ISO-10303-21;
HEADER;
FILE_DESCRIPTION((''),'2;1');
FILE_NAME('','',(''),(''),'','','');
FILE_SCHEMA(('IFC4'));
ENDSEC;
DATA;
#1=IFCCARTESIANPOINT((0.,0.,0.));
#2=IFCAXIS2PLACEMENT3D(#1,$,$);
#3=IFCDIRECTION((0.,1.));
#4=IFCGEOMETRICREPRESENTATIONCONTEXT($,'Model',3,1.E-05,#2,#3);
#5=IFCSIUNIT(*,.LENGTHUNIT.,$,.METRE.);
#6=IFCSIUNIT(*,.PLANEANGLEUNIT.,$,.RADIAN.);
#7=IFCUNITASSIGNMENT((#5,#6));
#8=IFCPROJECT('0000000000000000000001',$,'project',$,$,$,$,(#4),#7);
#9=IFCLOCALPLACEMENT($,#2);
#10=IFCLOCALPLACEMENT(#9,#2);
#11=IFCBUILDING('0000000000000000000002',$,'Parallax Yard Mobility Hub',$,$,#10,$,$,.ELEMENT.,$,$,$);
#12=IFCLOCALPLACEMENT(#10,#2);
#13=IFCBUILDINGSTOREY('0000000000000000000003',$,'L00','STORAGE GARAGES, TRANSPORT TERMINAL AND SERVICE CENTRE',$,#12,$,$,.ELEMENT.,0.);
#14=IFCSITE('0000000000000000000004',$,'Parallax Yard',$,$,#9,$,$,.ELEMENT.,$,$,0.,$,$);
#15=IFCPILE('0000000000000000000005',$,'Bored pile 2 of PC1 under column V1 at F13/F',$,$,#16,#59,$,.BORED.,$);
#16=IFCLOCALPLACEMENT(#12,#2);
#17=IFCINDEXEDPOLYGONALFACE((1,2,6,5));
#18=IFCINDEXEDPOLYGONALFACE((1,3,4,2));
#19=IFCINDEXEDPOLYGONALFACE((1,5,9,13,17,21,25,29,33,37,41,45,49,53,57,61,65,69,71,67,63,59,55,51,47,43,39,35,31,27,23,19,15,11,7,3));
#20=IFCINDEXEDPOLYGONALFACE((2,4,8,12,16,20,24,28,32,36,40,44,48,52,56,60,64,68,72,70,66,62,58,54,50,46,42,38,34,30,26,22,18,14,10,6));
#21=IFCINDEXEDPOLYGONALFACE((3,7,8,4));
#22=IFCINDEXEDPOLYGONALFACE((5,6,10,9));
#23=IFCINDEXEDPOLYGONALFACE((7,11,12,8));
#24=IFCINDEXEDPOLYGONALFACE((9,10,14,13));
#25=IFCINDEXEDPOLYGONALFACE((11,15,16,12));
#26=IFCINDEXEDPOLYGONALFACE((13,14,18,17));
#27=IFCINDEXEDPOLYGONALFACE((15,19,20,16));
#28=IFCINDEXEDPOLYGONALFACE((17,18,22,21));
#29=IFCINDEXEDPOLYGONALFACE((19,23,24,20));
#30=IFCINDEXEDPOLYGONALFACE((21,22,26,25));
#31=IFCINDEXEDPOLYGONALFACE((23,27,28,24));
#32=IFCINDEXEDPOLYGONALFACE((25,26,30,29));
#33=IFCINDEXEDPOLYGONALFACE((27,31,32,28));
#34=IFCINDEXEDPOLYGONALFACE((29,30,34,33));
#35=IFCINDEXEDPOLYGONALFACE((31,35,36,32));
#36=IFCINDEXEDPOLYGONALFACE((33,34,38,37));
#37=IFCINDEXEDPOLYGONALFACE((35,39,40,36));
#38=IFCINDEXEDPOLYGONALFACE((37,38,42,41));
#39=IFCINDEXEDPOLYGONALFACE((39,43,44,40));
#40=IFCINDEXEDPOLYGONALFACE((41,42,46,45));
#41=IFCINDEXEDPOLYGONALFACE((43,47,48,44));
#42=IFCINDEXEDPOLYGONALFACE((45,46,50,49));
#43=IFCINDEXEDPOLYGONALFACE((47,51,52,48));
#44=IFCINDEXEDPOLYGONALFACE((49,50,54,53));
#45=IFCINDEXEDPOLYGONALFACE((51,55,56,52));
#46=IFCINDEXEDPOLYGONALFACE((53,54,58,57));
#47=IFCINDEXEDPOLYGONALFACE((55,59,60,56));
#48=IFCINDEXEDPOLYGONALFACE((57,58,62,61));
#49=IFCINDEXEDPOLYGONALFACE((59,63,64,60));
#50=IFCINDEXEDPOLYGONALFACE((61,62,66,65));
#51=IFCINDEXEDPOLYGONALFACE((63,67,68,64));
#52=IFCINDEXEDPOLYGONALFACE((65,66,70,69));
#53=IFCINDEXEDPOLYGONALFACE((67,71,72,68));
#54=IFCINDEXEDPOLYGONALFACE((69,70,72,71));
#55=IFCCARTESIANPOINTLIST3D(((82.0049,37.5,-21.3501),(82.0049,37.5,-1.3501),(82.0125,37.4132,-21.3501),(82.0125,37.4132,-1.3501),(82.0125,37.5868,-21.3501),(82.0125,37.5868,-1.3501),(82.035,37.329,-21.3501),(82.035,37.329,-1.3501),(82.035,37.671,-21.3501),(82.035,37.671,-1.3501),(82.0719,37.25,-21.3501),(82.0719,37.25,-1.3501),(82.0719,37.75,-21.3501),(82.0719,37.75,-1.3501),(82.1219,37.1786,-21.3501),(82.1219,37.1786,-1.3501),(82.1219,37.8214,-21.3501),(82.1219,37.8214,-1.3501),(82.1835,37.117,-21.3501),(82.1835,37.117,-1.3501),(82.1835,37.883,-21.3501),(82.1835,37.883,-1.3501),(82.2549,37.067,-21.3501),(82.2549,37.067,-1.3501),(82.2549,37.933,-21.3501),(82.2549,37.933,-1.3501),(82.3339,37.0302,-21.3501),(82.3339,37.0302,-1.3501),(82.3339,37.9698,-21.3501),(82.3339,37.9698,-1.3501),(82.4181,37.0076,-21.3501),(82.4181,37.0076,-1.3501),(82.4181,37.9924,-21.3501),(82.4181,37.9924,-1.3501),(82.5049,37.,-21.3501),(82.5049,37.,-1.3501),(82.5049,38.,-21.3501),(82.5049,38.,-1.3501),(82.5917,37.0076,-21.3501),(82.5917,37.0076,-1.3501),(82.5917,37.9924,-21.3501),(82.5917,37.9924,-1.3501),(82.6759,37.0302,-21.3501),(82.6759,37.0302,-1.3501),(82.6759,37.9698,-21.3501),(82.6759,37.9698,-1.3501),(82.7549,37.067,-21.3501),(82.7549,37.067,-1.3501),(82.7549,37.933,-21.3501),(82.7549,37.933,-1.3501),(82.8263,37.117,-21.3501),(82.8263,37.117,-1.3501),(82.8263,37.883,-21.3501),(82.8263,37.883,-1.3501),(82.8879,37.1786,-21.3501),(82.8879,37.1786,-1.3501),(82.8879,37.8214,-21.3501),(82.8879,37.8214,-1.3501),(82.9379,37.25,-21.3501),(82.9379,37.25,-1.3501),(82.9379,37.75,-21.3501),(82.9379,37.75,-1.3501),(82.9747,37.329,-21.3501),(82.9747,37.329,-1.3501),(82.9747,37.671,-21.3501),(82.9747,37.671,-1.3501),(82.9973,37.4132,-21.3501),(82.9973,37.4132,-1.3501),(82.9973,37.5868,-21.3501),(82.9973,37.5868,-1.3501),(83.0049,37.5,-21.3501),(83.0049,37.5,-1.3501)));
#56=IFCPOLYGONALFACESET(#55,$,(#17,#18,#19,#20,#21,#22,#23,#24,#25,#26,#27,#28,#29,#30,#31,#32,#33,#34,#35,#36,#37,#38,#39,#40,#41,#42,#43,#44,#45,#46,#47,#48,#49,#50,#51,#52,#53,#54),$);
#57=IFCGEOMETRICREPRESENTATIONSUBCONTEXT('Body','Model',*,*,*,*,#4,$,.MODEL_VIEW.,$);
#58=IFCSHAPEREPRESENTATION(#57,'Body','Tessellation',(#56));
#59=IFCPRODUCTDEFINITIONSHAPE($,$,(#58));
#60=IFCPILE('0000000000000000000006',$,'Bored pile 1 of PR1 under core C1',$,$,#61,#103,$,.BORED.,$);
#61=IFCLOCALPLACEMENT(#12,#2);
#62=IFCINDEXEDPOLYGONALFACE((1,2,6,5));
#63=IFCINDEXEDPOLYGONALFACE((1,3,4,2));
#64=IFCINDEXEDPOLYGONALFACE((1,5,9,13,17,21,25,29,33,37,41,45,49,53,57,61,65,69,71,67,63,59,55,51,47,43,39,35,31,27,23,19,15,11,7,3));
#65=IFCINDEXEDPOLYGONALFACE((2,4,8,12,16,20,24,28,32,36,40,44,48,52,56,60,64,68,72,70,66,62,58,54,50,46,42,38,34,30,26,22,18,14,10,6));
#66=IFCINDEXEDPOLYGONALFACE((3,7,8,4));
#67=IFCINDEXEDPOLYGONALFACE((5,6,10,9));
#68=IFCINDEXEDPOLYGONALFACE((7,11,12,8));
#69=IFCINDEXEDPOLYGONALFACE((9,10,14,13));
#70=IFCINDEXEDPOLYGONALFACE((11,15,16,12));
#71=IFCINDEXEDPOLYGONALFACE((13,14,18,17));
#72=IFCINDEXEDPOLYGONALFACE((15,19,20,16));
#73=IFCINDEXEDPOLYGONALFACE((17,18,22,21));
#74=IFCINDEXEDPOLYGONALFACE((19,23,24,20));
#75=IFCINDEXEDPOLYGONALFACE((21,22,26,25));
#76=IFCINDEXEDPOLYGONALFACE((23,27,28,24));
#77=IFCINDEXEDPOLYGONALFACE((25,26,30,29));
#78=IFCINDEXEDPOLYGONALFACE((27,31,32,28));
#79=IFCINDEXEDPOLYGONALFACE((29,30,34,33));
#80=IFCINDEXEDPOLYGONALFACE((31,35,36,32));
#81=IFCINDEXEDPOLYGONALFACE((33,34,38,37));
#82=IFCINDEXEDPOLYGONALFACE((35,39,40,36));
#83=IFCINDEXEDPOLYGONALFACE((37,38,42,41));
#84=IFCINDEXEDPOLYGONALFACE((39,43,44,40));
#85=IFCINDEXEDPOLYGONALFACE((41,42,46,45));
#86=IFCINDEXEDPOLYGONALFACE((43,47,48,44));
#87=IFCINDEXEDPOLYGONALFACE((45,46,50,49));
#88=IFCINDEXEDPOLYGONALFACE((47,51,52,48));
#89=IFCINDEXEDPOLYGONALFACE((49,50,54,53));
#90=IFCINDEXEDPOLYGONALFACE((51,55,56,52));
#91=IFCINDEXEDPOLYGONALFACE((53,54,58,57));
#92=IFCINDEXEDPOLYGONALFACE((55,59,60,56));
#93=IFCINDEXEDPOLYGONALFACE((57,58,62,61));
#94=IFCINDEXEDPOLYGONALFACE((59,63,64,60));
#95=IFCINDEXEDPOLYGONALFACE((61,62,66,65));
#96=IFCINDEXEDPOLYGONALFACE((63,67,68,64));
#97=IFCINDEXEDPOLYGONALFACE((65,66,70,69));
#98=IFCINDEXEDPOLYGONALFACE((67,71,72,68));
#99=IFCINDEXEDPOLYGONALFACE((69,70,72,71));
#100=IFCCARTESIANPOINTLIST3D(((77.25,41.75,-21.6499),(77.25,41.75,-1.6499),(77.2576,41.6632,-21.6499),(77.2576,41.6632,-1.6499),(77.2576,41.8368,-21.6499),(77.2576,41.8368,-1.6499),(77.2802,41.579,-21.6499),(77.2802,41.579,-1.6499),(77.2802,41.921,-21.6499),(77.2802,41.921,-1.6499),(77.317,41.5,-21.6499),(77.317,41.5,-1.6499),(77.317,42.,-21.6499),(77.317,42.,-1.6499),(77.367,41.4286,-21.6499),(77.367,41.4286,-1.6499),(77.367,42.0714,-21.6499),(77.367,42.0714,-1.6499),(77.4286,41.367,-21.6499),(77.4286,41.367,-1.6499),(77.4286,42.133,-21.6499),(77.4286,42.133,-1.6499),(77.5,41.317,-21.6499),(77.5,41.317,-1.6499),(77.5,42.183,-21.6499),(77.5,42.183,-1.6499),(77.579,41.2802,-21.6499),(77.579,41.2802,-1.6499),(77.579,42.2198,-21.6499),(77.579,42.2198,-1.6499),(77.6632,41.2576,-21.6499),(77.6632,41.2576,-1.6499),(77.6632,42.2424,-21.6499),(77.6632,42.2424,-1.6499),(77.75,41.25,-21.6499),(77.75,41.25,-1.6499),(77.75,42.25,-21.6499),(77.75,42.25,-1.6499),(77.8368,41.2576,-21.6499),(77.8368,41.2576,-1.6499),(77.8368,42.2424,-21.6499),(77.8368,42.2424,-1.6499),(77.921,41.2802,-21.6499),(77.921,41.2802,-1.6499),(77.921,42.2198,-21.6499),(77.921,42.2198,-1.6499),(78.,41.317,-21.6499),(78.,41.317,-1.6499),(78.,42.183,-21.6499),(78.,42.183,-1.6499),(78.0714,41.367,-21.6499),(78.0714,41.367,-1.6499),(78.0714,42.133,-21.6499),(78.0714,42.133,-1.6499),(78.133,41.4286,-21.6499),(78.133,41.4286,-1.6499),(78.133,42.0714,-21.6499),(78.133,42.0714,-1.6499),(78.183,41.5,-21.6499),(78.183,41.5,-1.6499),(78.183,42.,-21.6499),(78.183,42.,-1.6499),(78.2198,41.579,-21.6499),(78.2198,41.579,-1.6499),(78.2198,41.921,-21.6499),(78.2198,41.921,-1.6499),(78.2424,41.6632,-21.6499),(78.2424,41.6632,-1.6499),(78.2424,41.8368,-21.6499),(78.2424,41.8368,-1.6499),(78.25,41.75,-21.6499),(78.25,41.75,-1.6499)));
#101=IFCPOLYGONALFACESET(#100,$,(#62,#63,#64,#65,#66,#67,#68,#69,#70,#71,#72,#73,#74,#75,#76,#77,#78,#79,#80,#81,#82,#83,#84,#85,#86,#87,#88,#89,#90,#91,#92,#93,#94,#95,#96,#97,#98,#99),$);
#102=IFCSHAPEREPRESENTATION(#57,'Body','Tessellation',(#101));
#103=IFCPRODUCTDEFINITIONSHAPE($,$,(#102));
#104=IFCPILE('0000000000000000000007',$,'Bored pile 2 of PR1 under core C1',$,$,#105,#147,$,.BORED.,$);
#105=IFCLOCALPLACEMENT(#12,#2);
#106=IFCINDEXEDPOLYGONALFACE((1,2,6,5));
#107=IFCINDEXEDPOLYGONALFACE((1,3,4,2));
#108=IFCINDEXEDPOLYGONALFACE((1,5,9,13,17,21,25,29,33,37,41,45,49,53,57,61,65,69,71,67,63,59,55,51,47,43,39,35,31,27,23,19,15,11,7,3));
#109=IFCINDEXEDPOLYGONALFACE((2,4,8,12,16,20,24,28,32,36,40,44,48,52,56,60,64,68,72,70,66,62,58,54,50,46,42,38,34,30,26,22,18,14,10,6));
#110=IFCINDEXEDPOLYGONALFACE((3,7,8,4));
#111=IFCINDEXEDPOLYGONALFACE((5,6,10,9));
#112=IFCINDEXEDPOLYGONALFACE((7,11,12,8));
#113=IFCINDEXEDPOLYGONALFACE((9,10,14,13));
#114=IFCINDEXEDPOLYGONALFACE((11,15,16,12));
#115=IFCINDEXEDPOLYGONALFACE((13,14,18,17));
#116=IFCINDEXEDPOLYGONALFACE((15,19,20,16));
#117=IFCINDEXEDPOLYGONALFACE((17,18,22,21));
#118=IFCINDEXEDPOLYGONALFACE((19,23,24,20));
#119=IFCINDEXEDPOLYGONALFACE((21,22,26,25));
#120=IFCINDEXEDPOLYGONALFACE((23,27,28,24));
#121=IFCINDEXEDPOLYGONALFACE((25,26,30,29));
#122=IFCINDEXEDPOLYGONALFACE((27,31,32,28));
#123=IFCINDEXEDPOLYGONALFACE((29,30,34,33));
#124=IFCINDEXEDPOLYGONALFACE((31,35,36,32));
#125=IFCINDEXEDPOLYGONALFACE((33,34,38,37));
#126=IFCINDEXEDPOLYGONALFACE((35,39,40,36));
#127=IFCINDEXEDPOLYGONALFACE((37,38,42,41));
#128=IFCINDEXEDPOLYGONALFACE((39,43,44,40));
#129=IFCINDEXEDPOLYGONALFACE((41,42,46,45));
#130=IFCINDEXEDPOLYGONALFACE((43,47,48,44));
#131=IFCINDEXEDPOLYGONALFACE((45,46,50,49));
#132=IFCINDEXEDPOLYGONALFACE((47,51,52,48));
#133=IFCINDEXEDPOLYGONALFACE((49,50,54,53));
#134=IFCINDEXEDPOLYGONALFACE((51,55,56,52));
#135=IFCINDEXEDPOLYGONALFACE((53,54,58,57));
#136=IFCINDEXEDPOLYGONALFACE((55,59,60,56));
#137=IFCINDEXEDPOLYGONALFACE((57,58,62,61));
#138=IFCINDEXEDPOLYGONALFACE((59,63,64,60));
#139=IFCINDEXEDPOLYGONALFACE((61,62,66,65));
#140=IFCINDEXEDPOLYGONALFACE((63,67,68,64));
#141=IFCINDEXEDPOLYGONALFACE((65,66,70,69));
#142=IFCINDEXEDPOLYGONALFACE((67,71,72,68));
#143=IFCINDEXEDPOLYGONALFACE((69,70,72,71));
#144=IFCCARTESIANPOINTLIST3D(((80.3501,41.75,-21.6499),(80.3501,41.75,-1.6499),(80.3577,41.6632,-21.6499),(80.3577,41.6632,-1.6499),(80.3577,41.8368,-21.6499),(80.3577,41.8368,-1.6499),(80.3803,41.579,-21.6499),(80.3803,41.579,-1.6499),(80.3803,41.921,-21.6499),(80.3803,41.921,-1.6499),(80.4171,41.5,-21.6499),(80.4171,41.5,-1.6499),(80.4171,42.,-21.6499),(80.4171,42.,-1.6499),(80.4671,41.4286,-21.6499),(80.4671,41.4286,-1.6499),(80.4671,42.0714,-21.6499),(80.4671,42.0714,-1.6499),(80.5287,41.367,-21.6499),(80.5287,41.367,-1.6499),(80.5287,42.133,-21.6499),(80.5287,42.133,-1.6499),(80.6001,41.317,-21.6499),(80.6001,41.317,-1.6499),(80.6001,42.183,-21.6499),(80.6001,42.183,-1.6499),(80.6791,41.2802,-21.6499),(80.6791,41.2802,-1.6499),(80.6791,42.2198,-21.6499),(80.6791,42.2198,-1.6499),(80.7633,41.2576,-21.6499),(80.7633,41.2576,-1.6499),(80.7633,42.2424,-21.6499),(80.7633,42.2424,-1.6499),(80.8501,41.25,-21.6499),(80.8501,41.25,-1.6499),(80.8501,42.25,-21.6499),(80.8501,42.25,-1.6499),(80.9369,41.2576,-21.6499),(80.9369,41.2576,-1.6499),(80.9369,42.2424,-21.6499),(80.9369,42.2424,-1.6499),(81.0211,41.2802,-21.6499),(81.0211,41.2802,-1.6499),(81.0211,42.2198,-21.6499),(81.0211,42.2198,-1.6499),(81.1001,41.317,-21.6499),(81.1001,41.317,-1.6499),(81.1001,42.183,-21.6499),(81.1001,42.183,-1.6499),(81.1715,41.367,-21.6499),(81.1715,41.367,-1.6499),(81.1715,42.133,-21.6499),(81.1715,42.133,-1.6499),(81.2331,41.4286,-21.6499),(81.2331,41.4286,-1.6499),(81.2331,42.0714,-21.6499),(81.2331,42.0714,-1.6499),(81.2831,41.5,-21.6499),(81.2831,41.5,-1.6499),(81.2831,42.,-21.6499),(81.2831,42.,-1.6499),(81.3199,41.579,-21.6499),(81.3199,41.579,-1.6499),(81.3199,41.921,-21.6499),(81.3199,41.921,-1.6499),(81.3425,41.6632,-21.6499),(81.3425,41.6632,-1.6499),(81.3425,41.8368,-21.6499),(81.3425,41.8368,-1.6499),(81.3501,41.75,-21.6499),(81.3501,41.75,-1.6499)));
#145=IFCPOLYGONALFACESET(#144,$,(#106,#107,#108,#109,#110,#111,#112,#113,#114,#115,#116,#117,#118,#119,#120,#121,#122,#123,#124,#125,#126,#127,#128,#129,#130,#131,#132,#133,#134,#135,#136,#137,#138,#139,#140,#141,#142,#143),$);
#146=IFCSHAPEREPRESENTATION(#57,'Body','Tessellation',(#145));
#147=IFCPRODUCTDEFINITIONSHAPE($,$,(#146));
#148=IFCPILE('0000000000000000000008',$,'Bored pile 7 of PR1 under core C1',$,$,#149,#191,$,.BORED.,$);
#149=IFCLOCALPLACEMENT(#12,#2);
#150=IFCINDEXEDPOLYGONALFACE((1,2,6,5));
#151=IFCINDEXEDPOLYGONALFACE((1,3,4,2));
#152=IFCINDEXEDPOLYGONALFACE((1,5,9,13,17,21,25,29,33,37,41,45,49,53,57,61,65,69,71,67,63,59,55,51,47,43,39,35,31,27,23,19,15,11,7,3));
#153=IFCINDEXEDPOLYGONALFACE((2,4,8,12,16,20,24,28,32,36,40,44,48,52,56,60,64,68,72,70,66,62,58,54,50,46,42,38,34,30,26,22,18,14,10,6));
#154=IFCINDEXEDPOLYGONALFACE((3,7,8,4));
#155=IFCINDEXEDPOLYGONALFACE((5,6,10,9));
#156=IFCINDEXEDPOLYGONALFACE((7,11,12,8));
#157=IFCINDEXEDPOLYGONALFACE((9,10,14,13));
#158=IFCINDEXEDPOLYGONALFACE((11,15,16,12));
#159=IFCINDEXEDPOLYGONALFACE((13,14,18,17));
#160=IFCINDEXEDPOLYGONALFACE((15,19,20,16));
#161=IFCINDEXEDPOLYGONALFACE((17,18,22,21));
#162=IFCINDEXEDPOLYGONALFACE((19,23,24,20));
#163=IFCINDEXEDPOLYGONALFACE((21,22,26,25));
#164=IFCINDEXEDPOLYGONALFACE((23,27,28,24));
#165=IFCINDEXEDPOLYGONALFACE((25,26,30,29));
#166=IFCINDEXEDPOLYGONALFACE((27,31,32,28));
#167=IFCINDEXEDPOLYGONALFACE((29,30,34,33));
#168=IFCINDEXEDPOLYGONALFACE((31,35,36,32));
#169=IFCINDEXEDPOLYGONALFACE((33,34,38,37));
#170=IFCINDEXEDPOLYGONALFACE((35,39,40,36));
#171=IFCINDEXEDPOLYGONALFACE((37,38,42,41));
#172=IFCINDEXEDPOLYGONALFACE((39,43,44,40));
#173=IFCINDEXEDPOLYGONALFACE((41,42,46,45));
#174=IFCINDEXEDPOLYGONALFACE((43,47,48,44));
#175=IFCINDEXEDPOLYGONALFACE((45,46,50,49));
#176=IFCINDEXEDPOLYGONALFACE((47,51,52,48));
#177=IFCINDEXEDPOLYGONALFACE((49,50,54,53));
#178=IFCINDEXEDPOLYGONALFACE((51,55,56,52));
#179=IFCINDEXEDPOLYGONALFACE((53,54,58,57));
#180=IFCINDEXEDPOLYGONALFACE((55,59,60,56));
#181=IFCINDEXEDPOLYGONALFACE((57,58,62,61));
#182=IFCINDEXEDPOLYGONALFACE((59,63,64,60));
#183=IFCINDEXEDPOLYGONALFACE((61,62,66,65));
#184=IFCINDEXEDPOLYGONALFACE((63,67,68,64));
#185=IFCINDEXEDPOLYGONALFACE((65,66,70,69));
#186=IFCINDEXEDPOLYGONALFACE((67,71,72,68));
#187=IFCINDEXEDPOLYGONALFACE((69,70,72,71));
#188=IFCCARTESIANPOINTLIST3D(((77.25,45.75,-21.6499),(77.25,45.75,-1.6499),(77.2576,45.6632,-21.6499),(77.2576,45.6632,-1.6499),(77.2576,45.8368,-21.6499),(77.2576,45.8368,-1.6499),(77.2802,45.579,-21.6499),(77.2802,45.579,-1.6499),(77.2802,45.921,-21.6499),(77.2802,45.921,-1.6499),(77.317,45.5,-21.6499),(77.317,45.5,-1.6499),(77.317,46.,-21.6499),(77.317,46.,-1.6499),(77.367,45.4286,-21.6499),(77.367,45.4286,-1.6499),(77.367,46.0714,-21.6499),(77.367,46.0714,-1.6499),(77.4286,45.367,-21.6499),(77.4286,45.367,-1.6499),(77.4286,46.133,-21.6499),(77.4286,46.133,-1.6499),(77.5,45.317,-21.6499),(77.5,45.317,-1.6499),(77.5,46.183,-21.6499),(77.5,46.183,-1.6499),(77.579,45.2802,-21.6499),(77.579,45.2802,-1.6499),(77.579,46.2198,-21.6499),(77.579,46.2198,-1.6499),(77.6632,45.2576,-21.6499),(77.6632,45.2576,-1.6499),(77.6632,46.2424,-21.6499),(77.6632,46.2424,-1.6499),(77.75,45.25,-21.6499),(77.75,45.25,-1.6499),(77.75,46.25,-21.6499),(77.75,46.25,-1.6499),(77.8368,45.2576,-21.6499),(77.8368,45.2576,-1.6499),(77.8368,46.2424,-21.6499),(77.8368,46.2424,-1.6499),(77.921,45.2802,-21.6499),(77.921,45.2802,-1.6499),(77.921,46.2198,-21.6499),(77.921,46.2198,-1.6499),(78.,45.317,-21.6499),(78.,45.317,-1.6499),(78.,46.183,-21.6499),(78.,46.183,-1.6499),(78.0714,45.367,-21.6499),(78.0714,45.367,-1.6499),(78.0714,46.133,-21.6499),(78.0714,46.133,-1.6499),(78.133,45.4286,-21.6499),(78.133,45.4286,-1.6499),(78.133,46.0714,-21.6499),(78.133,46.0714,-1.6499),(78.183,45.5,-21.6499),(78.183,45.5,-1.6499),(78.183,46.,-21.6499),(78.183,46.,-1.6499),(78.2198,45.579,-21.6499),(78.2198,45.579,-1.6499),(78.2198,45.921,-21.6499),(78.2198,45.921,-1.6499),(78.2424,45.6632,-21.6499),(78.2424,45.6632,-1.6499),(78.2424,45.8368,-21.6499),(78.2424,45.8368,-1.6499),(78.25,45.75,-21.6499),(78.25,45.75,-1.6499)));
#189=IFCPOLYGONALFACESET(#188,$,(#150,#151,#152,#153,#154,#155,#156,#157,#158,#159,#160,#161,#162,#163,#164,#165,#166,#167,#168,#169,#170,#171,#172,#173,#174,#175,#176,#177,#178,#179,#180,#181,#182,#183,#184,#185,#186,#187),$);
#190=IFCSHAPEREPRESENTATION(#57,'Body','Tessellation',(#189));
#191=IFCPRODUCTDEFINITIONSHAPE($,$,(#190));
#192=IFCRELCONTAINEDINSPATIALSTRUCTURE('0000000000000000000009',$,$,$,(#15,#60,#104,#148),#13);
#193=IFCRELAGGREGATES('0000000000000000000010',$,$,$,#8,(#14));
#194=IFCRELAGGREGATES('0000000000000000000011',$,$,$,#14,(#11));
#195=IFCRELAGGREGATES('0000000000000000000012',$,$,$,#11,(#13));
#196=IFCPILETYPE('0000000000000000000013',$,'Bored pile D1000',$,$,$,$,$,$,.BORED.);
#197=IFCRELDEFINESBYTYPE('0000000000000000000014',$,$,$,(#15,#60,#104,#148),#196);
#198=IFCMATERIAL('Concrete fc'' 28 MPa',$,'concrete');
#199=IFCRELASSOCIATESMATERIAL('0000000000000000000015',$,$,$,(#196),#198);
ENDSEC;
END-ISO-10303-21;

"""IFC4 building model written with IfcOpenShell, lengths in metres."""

from ifc_helpers import new_model, si_unit, direction, frame, origin, origin_2d, place, context, subcontext, project, spatial, circle, extrude, material, material_profile, profile_set, type_object, element, save


model = new_model("IFC4")

# Units and contexts
model_context = context("Model", 3, precision=1e-05, world=origin(), true_north=direction((0.0, 1.0)))
body_context = subcontext(model_context, "Body", "Model", "MODEL_VIEW")
ifc_project = project(units=[si_unit("LENGTHUNIT", "METRE"), si_unit("PLANEANGLEUNIT", "RADIAN")], contexts=[model_context])

# Site, building, storey
site_placement = place(None, origin())
site = spatial("IfcSite", under=ifc_project, at=site_placement, Name="Parallax Yard", CompositionType="ELEMENT", RefElevation=0.0)
building_placement = place(site_placement, origin())
building = spatial("IfcBuilding", under=site, at=building_placement, Name="Parallax Yard Mobility Hub", CompositionType="ELEMENT")
storey_placement = place(building_placement, origin())
storey = spatial("IfcBuildingStorey", under=building, at=storey_placement, Name="L00", Description="STORAGE GARAGES, TRANSPORT TERMINAL AND SERVICE CENTRE", CompositionType="ELEMENT", Elevation=0.0)

# Piles
ifc_material_1 = material(Name="Concrete fc' 28 MPa", Category="concrete")
ifc_material_profile_1 = material_profile(ifc_material_1, circle(Radius=0.5, at=origin_2d()), Name="Bored pile D1000")
ifc_profile_set_1 = profile_set([ifc_material_profile_1], Name="Concrete fc' 28 MPa")
pile_type = type_object("IfcPileType", Name="Bored pile D1000", PredefinedType="BORED", material=ifc_profile_set_1)
for number, where, z_axis, x_axis, name in (
    (1, (82.5049, 37.5, -1.3501), (0.0, 0.0, -1.0), (1.0, 0.0, 0.0), "Bored pile 2 of PC1 under column V1 at F13/F"),
    (2, (77.75, 41.75, -1.6499), (0.0, 0.0, -1.0), (1.0, 0.0, 0.0), "Bored pile 1 of PR1 under core C1"),
    (3, (80.8501, 41.75, -1.6499), (0.0, 0.0, -1.0), (1.0, 0.0, 0.0), "Bored pile 2 of PR1 under core C1"),
    (4, (77.75, 45.75, -1.6499), (0.0, 0.0, -1.0), (1.0, 0.0, 0.0), "Bored pile 7 of PR1 under core C1"),
):
    element("IfcPile", number, at=place(storey_placement, frame(where, z_axis=z_axis, x_axis=x_axis)), inside=storey, type_object=pile_type, Name=name, PredefinedType="BORED", context=body_context, shape_type="SweptSolid", body=[
        extrude(circle(Radius=0.5, at=origin_2d()), origin(), (0.0, 0.0, 1.0), 20.0),
    ])

save(model, "model.ifc")
